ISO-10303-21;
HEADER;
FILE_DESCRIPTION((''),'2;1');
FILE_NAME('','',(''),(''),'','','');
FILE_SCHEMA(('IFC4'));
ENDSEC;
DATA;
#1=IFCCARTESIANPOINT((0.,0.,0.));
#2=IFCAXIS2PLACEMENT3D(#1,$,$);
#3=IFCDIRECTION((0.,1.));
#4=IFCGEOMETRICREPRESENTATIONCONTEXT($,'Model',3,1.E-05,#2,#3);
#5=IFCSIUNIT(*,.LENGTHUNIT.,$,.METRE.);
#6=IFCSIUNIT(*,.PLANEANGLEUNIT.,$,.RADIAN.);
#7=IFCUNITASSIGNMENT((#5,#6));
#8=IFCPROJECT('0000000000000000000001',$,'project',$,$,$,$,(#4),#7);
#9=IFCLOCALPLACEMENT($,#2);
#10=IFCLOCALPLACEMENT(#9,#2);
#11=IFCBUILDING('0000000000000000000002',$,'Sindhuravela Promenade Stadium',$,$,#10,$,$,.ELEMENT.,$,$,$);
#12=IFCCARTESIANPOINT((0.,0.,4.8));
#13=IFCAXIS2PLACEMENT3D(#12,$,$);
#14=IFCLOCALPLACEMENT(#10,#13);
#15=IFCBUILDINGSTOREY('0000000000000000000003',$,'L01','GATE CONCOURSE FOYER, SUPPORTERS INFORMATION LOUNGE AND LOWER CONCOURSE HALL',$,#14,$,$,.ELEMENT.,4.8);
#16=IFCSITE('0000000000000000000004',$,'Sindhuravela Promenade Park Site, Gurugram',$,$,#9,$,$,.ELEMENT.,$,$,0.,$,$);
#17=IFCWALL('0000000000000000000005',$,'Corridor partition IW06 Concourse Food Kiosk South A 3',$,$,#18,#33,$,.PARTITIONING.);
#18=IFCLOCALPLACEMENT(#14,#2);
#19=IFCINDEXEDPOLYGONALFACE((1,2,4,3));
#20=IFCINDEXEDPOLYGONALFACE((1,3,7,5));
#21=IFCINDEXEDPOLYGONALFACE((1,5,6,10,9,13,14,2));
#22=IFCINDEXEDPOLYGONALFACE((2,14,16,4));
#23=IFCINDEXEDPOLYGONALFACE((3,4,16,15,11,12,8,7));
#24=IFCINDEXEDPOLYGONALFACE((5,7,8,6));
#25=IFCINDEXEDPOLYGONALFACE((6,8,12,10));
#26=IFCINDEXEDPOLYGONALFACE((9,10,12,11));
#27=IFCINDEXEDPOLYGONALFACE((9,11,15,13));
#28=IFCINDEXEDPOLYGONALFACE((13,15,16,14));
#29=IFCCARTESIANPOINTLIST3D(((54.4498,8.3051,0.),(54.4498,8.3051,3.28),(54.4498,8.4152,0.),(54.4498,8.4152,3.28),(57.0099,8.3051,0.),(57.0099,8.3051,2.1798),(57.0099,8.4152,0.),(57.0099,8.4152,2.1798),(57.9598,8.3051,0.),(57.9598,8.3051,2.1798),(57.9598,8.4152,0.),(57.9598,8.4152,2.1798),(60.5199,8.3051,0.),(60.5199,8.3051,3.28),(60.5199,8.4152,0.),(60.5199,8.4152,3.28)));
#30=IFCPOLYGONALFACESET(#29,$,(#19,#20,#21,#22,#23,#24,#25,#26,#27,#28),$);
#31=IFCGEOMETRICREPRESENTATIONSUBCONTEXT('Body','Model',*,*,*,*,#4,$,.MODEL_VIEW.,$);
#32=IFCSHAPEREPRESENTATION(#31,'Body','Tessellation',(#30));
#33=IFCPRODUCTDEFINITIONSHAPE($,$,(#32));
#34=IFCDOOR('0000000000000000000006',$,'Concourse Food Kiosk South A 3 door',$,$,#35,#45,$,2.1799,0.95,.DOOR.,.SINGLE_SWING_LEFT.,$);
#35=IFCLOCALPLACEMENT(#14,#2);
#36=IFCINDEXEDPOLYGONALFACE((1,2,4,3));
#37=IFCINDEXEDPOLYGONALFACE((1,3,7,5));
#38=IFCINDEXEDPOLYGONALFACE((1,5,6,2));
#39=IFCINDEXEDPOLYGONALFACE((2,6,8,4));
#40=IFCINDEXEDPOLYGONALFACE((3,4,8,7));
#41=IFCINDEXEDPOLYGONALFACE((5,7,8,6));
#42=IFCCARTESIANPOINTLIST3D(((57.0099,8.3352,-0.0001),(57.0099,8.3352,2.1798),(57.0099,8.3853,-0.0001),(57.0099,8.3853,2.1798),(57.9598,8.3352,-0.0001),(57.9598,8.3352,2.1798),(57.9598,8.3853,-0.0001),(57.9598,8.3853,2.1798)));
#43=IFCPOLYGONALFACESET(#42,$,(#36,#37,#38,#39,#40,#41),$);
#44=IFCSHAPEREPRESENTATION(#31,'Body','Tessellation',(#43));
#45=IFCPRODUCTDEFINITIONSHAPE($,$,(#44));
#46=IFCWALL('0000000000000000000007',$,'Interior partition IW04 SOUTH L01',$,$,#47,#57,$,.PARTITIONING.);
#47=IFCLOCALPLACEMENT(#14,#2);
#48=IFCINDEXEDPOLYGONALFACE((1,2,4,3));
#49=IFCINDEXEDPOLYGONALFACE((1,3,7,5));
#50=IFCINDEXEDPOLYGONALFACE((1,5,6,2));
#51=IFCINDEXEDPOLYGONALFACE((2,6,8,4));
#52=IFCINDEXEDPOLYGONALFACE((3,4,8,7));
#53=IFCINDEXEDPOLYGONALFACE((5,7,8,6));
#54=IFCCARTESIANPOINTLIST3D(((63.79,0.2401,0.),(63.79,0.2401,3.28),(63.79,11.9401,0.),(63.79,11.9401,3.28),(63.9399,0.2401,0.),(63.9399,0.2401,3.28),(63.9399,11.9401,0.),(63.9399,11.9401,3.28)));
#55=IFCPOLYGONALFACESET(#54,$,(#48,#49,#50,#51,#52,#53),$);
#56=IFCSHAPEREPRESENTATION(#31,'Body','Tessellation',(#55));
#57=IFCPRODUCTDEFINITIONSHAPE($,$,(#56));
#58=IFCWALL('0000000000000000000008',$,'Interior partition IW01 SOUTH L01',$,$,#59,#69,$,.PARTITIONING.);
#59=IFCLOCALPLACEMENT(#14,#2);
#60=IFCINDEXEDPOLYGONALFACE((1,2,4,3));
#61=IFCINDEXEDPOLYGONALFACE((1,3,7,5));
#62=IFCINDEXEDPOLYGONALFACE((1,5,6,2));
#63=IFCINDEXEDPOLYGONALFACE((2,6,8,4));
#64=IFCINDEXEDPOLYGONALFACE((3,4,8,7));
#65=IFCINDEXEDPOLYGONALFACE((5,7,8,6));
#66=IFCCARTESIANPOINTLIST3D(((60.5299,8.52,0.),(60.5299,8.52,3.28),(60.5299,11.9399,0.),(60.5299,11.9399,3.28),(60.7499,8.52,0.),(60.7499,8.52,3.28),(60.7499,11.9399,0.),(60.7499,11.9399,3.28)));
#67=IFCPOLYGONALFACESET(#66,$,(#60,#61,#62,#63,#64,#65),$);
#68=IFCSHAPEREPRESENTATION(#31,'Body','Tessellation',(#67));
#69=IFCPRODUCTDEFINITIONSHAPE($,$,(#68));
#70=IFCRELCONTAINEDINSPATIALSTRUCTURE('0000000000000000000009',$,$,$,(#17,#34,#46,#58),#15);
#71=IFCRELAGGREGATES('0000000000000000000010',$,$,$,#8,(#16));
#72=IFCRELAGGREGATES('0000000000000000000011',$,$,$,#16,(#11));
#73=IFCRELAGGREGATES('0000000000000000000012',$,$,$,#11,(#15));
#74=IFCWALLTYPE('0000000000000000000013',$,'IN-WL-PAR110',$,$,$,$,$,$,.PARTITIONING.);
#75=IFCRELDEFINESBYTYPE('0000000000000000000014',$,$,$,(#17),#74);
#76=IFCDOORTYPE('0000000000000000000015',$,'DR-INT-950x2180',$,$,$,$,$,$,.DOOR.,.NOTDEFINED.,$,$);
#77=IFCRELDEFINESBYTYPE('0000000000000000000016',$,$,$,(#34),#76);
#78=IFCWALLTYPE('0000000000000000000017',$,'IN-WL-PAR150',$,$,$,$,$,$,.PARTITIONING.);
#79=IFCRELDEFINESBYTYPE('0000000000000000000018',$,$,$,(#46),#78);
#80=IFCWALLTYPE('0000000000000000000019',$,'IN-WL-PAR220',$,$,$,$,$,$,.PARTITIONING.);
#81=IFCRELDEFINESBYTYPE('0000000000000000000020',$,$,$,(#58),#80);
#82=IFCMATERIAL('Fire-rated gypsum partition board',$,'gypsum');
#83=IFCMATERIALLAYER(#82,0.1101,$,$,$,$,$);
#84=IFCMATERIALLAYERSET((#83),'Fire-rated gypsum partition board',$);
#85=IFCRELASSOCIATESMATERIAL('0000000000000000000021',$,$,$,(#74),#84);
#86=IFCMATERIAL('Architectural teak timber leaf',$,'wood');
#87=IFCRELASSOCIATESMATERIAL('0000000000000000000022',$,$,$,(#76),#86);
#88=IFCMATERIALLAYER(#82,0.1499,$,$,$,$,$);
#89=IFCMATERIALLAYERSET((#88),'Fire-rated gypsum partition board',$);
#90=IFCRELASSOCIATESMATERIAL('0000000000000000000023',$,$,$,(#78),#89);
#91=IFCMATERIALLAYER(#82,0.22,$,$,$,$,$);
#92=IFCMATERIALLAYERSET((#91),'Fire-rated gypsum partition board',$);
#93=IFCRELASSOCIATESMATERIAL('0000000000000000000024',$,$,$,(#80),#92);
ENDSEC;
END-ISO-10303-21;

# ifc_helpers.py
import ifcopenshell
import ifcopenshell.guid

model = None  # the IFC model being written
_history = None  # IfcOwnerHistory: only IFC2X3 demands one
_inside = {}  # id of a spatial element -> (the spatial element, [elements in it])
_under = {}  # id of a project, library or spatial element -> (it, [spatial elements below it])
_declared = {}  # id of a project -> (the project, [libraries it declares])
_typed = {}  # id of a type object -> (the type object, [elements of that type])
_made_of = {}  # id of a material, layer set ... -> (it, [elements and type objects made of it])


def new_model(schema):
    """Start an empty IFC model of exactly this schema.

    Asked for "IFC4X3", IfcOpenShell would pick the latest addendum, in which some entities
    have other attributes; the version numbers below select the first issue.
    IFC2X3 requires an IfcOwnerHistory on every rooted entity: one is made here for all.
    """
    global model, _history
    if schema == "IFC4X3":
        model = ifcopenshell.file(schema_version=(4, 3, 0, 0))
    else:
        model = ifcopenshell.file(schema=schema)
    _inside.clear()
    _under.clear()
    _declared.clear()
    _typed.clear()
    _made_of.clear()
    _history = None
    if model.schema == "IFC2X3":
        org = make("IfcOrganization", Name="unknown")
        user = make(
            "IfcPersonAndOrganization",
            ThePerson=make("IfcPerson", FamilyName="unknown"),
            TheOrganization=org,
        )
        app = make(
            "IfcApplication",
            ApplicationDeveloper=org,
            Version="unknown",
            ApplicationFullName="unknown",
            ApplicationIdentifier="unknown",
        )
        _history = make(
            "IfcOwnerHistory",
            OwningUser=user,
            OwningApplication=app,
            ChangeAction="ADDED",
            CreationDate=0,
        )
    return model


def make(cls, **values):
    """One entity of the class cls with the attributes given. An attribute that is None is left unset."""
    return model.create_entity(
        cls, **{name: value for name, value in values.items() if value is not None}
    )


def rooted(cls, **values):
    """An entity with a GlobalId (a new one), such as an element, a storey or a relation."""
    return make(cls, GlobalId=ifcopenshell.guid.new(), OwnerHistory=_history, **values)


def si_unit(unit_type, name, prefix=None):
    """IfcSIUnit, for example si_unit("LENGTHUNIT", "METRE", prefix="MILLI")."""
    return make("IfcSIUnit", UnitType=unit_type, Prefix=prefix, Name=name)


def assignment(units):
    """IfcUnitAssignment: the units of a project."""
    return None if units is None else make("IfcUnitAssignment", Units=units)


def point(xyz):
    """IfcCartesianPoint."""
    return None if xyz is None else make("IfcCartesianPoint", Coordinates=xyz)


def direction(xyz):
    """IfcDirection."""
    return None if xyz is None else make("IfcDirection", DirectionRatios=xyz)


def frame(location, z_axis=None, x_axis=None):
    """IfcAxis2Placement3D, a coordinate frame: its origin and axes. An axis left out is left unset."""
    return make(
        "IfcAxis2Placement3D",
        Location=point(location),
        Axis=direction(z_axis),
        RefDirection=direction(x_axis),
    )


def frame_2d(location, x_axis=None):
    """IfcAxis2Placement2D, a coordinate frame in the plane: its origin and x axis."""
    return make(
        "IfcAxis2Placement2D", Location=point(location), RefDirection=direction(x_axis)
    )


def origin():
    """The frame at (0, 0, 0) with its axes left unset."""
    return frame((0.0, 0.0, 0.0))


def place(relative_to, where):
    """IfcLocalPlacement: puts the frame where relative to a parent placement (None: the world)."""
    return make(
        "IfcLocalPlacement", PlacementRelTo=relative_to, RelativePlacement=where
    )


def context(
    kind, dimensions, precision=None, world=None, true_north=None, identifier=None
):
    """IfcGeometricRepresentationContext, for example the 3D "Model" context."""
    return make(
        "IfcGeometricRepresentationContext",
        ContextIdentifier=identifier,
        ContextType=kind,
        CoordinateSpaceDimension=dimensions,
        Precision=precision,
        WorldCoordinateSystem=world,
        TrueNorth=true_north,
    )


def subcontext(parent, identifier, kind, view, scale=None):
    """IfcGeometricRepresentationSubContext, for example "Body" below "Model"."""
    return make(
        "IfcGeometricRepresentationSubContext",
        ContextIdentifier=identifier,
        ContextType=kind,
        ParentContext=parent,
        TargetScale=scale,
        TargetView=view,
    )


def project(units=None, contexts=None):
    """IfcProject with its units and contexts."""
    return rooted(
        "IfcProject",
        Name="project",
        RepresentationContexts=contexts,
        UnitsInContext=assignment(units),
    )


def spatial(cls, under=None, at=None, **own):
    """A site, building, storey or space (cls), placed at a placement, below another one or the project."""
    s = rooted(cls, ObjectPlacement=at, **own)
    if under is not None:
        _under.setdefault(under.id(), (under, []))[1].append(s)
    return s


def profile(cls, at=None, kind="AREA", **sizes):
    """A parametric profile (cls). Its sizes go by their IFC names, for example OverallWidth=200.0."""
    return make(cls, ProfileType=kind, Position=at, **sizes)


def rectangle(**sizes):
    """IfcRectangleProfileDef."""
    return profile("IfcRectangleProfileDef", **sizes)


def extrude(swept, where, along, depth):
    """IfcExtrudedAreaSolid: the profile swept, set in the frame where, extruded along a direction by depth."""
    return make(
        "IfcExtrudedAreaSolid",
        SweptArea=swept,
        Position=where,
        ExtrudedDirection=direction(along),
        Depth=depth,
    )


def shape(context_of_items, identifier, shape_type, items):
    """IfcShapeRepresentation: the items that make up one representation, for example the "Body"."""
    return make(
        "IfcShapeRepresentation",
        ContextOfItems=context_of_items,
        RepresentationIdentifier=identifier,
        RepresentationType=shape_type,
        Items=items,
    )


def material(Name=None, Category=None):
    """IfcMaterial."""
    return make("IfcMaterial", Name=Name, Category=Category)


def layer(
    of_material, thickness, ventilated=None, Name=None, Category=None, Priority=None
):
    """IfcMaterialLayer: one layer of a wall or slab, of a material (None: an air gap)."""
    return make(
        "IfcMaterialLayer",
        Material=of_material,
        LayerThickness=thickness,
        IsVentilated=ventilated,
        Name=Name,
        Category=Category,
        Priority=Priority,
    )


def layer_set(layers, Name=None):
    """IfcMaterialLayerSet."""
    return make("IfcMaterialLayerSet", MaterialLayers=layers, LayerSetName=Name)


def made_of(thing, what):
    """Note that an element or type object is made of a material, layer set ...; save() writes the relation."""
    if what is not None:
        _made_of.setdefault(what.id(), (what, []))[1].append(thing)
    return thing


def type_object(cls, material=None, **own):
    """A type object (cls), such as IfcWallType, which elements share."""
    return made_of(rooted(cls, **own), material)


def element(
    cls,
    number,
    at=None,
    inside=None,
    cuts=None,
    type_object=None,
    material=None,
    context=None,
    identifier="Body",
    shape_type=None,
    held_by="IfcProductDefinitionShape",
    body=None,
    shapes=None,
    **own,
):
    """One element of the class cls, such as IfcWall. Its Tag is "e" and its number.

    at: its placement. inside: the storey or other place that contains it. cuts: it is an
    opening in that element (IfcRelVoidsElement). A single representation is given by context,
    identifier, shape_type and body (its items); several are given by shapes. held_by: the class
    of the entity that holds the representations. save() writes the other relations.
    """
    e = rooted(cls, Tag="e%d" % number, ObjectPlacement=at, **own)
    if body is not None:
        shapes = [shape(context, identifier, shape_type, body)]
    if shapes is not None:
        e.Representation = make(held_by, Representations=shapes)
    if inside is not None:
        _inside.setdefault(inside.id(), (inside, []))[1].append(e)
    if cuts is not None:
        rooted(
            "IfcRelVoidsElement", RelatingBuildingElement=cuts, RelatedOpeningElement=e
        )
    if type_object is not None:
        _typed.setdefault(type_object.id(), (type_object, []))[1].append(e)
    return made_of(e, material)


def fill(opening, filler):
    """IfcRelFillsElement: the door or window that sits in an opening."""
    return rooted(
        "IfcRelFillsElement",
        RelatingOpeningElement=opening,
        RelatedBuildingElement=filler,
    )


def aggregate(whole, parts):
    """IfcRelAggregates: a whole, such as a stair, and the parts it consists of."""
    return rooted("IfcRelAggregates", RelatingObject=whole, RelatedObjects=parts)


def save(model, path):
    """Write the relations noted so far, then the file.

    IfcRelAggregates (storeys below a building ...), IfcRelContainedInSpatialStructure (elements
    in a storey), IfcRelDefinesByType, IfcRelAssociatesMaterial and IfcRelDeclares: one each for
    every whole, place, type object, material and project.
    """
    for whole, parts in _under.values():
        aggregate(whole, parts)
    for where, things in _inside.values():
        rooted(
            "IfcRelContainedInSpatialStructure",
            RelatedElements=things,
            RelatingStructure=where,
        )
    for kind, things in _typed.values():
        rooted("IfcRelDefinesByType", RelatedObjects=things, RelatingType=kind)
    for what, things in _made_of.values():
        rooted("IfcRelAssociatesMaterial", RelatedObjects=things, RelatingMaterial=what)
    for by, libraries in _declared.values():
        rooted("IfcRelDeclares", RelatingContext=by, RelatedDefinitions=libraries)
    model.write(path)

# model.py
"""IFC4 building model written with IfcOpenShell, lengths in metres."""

from ifc_helpers import new_model, si_unit, direction, frame, frame_2d, origin, place, context, subcontext, project, spatial, rectangle, extrude, material, layer, layer_set, type_object, element, fill, save


model = new_model("IFC4")

# Units and contexts
model_context = context("Model", 3, precision=1e-05, world=origin(), true_north=direction((0.0, 1.0)))
body_context = subcontext(model_context, "Body", "Model", "MODEL_VIEW")
ifc_project = project(units=[si_unit("LENGTHUNIT", "METRE"), si_unit("PLANEANGLEUNIT", "RADIAN")], contexts=[model_context])

# Site, building, storey
site_placement = place(None, origin())
site = spatial("IfcSite", under=ifc_project, at=site_placement, Name="Sindhuravela Promenade Park Site, Gurugram", CompositionType="ELEMENT", RefElevation=0.0)
building_placement = place(site_placement, origin())
building = spatial("IfcBuilding", under=site, at=building_placement, Name="Sindhuravela Promenade Stadium", CompositionType="ELEMENT")
storey_placement = place(building_placement, frame((0.0, 0.0, 4.8)))
storey = spatial("IfcBuildingStorey", under=building, at=storey_placement, Name="L01", Description="GATE CONCOURSE FOYER, SUPPORTERS INFORMATION LOUNGE AND LOWER CONCOURSE HALL", CompositionType="ELEMENT", Elevation=4.8)

# Wall, opening, door
ifc_material_1 = material(Name="Fire-rated gypsum partition board", Category="gypsum")
ifc_layer_1 = layer(ifc_material_1, 0.1101)
ifc_layer_set_1 = layer_set([ifc_layer_1], Name="Fire-rated gypsum partition board")
wall_type_1 = type_object("IfcWallType", Name="IN-WL-PAR110", PredefinedType="PARTITIONING", material=ifc_layer_set_1)
wall_1_placement = place(storey_placement, frame((60.52, 8.3601, 0.0), z_axis=(0.0, 0.0, 1.0), x_axis=(-1.0, 0.0, 0.0)))
wall_1 = element("IfcWall", 1, at=wall_1_placement, inside=storey, type_object=wall_type_1, Name="Corridor partition IW06 Concourse Food Kiosk South A 3", PredefinedType="PARTITIONING", context=body_context, shape_type="SweptSolid", body=[
    extrude(rectangle(XDim=6.0701, YDim=0.1101, at=frame_2d((3.0352, 0.0))), origin(), (0.0, 0.0, 1.0), 3.28),
])
opening_1_placement = place(wall_1_placement, frame((2.5601, 0.0, 0.0)))
opening_1 = element("IfcOpeningElement", 2, at=opening_1_placement, cuts=wall_1, PredefinedType="OPENING", context=body_context, shape_type="SweptSolid", body=[
    extrude(rectangle(XDim=0.95, YDim=2.1799, at=frame_2d((0.4751, 1.0898))), frame((0.0, 0.0649, 0.0), z_axis=(0.0, -1.0, 0.0), x_axis=(1.0, 0.0, 0.0)), (0.0, 0.0, 1.0), 0.1301),
])
ifc_material_2 = material(Name="Architectural teak timber leaf", Category="wood")
door_type = type_object("IfcDoorType", Name="DR-INT-950x2180", OperationType="NOTDEFINED", PredefinedType="DOOR", material=ifc_material_2)
door_placement = place(opening_1_placement, origin())
door = element("IfcDoor", 3, at=door_placement, inside=storey, type_object=door_type, Name="Concourse Food Kiosk South A 3 door", OperationType="SINGLE_SWING_LEFT", OverallHeight=2.1799, OverallWidth=0.95, PredefinedType="DOOR", context=body_context, shape_type="SweptSolid", body=[
    extrude(rectangle(XDim=0.95, YDim=2.1799, at=frame_2d((0.4751, 1.0898))), frame((0.0, 0.0249, 0.0), z_axis=(0.0, -1.0, 0.0), x_axis=(1.0, 0.0, 0.0)), (0.0, 0.0, 1.0), 0.05),
])
fill(opening_1, door)

# Walls
ifc_layer_2 = layer(ifc_material_1, 0.1499)
ifc_layer_set_2 = layer_set([ifc_layer_2], Name="Fire-rated gypsum partition board")
wall_type_2 = type_object("IfcWallType", Name="IN-WL-PAR150", PredefinedType="PARTITIONING", material=ifc_layer_set_2)
wall_2_placement = place(storey_placement, frame((63.865, 0.24, 0.0), z_axis=(0.0, 0.0, 1.0), x_axis=(0.0, 1.0, 0.0)))
element("IfcWall", 4, at=wall_2_placement, inside=storey, type_object=wall_type_2, Name="Interior partition IW04 SOUTH L01", PredefinedType="PARTITIONING", context=body_context, shape_type="SweptSolid", body=[
    extrude(rectangle(XDim=11.7, YDim=0.1499, at=frame_2d((5.8501, 0.0))), origin(), (0.0, 0.0, 1.0), 3.28),
])
ifc_layer_3 = layer(ifc_material_1, 0.22)
ifc_layer_set_3 = layer_set([ifc_layer_3], Name="Fire-rated gypsum partition board")
wall_type_3 = type_object("IfcWallType", Name="IN-WL-PAR220", PredefinedType="PARTITIONING", material=ifc_layer_set_3)
wall_3_placement = place(storey_placement, frame((60.6399, 8.52, 0.0), z_axis=(0.0, 0.0, 1.0), x_axis=(0.0, 1.0, 0.0)))
element("IfcWall", 5, at=wall_3_placement, inside=storey, type_object=wall_type_3, Name="Interior partition IW01 SOUTH L01", PredefinedType="PARTITIONING", context=body_context, shape_type="SweptSolid", body=[
    extrude(rectangle(XDim=3.4199, YDim=0.22, at=frame_2d((1.71, 0.0))), origin(), (0.0, 0.0, 1.0), 3.28),
])

save(model, "model.ifc")
